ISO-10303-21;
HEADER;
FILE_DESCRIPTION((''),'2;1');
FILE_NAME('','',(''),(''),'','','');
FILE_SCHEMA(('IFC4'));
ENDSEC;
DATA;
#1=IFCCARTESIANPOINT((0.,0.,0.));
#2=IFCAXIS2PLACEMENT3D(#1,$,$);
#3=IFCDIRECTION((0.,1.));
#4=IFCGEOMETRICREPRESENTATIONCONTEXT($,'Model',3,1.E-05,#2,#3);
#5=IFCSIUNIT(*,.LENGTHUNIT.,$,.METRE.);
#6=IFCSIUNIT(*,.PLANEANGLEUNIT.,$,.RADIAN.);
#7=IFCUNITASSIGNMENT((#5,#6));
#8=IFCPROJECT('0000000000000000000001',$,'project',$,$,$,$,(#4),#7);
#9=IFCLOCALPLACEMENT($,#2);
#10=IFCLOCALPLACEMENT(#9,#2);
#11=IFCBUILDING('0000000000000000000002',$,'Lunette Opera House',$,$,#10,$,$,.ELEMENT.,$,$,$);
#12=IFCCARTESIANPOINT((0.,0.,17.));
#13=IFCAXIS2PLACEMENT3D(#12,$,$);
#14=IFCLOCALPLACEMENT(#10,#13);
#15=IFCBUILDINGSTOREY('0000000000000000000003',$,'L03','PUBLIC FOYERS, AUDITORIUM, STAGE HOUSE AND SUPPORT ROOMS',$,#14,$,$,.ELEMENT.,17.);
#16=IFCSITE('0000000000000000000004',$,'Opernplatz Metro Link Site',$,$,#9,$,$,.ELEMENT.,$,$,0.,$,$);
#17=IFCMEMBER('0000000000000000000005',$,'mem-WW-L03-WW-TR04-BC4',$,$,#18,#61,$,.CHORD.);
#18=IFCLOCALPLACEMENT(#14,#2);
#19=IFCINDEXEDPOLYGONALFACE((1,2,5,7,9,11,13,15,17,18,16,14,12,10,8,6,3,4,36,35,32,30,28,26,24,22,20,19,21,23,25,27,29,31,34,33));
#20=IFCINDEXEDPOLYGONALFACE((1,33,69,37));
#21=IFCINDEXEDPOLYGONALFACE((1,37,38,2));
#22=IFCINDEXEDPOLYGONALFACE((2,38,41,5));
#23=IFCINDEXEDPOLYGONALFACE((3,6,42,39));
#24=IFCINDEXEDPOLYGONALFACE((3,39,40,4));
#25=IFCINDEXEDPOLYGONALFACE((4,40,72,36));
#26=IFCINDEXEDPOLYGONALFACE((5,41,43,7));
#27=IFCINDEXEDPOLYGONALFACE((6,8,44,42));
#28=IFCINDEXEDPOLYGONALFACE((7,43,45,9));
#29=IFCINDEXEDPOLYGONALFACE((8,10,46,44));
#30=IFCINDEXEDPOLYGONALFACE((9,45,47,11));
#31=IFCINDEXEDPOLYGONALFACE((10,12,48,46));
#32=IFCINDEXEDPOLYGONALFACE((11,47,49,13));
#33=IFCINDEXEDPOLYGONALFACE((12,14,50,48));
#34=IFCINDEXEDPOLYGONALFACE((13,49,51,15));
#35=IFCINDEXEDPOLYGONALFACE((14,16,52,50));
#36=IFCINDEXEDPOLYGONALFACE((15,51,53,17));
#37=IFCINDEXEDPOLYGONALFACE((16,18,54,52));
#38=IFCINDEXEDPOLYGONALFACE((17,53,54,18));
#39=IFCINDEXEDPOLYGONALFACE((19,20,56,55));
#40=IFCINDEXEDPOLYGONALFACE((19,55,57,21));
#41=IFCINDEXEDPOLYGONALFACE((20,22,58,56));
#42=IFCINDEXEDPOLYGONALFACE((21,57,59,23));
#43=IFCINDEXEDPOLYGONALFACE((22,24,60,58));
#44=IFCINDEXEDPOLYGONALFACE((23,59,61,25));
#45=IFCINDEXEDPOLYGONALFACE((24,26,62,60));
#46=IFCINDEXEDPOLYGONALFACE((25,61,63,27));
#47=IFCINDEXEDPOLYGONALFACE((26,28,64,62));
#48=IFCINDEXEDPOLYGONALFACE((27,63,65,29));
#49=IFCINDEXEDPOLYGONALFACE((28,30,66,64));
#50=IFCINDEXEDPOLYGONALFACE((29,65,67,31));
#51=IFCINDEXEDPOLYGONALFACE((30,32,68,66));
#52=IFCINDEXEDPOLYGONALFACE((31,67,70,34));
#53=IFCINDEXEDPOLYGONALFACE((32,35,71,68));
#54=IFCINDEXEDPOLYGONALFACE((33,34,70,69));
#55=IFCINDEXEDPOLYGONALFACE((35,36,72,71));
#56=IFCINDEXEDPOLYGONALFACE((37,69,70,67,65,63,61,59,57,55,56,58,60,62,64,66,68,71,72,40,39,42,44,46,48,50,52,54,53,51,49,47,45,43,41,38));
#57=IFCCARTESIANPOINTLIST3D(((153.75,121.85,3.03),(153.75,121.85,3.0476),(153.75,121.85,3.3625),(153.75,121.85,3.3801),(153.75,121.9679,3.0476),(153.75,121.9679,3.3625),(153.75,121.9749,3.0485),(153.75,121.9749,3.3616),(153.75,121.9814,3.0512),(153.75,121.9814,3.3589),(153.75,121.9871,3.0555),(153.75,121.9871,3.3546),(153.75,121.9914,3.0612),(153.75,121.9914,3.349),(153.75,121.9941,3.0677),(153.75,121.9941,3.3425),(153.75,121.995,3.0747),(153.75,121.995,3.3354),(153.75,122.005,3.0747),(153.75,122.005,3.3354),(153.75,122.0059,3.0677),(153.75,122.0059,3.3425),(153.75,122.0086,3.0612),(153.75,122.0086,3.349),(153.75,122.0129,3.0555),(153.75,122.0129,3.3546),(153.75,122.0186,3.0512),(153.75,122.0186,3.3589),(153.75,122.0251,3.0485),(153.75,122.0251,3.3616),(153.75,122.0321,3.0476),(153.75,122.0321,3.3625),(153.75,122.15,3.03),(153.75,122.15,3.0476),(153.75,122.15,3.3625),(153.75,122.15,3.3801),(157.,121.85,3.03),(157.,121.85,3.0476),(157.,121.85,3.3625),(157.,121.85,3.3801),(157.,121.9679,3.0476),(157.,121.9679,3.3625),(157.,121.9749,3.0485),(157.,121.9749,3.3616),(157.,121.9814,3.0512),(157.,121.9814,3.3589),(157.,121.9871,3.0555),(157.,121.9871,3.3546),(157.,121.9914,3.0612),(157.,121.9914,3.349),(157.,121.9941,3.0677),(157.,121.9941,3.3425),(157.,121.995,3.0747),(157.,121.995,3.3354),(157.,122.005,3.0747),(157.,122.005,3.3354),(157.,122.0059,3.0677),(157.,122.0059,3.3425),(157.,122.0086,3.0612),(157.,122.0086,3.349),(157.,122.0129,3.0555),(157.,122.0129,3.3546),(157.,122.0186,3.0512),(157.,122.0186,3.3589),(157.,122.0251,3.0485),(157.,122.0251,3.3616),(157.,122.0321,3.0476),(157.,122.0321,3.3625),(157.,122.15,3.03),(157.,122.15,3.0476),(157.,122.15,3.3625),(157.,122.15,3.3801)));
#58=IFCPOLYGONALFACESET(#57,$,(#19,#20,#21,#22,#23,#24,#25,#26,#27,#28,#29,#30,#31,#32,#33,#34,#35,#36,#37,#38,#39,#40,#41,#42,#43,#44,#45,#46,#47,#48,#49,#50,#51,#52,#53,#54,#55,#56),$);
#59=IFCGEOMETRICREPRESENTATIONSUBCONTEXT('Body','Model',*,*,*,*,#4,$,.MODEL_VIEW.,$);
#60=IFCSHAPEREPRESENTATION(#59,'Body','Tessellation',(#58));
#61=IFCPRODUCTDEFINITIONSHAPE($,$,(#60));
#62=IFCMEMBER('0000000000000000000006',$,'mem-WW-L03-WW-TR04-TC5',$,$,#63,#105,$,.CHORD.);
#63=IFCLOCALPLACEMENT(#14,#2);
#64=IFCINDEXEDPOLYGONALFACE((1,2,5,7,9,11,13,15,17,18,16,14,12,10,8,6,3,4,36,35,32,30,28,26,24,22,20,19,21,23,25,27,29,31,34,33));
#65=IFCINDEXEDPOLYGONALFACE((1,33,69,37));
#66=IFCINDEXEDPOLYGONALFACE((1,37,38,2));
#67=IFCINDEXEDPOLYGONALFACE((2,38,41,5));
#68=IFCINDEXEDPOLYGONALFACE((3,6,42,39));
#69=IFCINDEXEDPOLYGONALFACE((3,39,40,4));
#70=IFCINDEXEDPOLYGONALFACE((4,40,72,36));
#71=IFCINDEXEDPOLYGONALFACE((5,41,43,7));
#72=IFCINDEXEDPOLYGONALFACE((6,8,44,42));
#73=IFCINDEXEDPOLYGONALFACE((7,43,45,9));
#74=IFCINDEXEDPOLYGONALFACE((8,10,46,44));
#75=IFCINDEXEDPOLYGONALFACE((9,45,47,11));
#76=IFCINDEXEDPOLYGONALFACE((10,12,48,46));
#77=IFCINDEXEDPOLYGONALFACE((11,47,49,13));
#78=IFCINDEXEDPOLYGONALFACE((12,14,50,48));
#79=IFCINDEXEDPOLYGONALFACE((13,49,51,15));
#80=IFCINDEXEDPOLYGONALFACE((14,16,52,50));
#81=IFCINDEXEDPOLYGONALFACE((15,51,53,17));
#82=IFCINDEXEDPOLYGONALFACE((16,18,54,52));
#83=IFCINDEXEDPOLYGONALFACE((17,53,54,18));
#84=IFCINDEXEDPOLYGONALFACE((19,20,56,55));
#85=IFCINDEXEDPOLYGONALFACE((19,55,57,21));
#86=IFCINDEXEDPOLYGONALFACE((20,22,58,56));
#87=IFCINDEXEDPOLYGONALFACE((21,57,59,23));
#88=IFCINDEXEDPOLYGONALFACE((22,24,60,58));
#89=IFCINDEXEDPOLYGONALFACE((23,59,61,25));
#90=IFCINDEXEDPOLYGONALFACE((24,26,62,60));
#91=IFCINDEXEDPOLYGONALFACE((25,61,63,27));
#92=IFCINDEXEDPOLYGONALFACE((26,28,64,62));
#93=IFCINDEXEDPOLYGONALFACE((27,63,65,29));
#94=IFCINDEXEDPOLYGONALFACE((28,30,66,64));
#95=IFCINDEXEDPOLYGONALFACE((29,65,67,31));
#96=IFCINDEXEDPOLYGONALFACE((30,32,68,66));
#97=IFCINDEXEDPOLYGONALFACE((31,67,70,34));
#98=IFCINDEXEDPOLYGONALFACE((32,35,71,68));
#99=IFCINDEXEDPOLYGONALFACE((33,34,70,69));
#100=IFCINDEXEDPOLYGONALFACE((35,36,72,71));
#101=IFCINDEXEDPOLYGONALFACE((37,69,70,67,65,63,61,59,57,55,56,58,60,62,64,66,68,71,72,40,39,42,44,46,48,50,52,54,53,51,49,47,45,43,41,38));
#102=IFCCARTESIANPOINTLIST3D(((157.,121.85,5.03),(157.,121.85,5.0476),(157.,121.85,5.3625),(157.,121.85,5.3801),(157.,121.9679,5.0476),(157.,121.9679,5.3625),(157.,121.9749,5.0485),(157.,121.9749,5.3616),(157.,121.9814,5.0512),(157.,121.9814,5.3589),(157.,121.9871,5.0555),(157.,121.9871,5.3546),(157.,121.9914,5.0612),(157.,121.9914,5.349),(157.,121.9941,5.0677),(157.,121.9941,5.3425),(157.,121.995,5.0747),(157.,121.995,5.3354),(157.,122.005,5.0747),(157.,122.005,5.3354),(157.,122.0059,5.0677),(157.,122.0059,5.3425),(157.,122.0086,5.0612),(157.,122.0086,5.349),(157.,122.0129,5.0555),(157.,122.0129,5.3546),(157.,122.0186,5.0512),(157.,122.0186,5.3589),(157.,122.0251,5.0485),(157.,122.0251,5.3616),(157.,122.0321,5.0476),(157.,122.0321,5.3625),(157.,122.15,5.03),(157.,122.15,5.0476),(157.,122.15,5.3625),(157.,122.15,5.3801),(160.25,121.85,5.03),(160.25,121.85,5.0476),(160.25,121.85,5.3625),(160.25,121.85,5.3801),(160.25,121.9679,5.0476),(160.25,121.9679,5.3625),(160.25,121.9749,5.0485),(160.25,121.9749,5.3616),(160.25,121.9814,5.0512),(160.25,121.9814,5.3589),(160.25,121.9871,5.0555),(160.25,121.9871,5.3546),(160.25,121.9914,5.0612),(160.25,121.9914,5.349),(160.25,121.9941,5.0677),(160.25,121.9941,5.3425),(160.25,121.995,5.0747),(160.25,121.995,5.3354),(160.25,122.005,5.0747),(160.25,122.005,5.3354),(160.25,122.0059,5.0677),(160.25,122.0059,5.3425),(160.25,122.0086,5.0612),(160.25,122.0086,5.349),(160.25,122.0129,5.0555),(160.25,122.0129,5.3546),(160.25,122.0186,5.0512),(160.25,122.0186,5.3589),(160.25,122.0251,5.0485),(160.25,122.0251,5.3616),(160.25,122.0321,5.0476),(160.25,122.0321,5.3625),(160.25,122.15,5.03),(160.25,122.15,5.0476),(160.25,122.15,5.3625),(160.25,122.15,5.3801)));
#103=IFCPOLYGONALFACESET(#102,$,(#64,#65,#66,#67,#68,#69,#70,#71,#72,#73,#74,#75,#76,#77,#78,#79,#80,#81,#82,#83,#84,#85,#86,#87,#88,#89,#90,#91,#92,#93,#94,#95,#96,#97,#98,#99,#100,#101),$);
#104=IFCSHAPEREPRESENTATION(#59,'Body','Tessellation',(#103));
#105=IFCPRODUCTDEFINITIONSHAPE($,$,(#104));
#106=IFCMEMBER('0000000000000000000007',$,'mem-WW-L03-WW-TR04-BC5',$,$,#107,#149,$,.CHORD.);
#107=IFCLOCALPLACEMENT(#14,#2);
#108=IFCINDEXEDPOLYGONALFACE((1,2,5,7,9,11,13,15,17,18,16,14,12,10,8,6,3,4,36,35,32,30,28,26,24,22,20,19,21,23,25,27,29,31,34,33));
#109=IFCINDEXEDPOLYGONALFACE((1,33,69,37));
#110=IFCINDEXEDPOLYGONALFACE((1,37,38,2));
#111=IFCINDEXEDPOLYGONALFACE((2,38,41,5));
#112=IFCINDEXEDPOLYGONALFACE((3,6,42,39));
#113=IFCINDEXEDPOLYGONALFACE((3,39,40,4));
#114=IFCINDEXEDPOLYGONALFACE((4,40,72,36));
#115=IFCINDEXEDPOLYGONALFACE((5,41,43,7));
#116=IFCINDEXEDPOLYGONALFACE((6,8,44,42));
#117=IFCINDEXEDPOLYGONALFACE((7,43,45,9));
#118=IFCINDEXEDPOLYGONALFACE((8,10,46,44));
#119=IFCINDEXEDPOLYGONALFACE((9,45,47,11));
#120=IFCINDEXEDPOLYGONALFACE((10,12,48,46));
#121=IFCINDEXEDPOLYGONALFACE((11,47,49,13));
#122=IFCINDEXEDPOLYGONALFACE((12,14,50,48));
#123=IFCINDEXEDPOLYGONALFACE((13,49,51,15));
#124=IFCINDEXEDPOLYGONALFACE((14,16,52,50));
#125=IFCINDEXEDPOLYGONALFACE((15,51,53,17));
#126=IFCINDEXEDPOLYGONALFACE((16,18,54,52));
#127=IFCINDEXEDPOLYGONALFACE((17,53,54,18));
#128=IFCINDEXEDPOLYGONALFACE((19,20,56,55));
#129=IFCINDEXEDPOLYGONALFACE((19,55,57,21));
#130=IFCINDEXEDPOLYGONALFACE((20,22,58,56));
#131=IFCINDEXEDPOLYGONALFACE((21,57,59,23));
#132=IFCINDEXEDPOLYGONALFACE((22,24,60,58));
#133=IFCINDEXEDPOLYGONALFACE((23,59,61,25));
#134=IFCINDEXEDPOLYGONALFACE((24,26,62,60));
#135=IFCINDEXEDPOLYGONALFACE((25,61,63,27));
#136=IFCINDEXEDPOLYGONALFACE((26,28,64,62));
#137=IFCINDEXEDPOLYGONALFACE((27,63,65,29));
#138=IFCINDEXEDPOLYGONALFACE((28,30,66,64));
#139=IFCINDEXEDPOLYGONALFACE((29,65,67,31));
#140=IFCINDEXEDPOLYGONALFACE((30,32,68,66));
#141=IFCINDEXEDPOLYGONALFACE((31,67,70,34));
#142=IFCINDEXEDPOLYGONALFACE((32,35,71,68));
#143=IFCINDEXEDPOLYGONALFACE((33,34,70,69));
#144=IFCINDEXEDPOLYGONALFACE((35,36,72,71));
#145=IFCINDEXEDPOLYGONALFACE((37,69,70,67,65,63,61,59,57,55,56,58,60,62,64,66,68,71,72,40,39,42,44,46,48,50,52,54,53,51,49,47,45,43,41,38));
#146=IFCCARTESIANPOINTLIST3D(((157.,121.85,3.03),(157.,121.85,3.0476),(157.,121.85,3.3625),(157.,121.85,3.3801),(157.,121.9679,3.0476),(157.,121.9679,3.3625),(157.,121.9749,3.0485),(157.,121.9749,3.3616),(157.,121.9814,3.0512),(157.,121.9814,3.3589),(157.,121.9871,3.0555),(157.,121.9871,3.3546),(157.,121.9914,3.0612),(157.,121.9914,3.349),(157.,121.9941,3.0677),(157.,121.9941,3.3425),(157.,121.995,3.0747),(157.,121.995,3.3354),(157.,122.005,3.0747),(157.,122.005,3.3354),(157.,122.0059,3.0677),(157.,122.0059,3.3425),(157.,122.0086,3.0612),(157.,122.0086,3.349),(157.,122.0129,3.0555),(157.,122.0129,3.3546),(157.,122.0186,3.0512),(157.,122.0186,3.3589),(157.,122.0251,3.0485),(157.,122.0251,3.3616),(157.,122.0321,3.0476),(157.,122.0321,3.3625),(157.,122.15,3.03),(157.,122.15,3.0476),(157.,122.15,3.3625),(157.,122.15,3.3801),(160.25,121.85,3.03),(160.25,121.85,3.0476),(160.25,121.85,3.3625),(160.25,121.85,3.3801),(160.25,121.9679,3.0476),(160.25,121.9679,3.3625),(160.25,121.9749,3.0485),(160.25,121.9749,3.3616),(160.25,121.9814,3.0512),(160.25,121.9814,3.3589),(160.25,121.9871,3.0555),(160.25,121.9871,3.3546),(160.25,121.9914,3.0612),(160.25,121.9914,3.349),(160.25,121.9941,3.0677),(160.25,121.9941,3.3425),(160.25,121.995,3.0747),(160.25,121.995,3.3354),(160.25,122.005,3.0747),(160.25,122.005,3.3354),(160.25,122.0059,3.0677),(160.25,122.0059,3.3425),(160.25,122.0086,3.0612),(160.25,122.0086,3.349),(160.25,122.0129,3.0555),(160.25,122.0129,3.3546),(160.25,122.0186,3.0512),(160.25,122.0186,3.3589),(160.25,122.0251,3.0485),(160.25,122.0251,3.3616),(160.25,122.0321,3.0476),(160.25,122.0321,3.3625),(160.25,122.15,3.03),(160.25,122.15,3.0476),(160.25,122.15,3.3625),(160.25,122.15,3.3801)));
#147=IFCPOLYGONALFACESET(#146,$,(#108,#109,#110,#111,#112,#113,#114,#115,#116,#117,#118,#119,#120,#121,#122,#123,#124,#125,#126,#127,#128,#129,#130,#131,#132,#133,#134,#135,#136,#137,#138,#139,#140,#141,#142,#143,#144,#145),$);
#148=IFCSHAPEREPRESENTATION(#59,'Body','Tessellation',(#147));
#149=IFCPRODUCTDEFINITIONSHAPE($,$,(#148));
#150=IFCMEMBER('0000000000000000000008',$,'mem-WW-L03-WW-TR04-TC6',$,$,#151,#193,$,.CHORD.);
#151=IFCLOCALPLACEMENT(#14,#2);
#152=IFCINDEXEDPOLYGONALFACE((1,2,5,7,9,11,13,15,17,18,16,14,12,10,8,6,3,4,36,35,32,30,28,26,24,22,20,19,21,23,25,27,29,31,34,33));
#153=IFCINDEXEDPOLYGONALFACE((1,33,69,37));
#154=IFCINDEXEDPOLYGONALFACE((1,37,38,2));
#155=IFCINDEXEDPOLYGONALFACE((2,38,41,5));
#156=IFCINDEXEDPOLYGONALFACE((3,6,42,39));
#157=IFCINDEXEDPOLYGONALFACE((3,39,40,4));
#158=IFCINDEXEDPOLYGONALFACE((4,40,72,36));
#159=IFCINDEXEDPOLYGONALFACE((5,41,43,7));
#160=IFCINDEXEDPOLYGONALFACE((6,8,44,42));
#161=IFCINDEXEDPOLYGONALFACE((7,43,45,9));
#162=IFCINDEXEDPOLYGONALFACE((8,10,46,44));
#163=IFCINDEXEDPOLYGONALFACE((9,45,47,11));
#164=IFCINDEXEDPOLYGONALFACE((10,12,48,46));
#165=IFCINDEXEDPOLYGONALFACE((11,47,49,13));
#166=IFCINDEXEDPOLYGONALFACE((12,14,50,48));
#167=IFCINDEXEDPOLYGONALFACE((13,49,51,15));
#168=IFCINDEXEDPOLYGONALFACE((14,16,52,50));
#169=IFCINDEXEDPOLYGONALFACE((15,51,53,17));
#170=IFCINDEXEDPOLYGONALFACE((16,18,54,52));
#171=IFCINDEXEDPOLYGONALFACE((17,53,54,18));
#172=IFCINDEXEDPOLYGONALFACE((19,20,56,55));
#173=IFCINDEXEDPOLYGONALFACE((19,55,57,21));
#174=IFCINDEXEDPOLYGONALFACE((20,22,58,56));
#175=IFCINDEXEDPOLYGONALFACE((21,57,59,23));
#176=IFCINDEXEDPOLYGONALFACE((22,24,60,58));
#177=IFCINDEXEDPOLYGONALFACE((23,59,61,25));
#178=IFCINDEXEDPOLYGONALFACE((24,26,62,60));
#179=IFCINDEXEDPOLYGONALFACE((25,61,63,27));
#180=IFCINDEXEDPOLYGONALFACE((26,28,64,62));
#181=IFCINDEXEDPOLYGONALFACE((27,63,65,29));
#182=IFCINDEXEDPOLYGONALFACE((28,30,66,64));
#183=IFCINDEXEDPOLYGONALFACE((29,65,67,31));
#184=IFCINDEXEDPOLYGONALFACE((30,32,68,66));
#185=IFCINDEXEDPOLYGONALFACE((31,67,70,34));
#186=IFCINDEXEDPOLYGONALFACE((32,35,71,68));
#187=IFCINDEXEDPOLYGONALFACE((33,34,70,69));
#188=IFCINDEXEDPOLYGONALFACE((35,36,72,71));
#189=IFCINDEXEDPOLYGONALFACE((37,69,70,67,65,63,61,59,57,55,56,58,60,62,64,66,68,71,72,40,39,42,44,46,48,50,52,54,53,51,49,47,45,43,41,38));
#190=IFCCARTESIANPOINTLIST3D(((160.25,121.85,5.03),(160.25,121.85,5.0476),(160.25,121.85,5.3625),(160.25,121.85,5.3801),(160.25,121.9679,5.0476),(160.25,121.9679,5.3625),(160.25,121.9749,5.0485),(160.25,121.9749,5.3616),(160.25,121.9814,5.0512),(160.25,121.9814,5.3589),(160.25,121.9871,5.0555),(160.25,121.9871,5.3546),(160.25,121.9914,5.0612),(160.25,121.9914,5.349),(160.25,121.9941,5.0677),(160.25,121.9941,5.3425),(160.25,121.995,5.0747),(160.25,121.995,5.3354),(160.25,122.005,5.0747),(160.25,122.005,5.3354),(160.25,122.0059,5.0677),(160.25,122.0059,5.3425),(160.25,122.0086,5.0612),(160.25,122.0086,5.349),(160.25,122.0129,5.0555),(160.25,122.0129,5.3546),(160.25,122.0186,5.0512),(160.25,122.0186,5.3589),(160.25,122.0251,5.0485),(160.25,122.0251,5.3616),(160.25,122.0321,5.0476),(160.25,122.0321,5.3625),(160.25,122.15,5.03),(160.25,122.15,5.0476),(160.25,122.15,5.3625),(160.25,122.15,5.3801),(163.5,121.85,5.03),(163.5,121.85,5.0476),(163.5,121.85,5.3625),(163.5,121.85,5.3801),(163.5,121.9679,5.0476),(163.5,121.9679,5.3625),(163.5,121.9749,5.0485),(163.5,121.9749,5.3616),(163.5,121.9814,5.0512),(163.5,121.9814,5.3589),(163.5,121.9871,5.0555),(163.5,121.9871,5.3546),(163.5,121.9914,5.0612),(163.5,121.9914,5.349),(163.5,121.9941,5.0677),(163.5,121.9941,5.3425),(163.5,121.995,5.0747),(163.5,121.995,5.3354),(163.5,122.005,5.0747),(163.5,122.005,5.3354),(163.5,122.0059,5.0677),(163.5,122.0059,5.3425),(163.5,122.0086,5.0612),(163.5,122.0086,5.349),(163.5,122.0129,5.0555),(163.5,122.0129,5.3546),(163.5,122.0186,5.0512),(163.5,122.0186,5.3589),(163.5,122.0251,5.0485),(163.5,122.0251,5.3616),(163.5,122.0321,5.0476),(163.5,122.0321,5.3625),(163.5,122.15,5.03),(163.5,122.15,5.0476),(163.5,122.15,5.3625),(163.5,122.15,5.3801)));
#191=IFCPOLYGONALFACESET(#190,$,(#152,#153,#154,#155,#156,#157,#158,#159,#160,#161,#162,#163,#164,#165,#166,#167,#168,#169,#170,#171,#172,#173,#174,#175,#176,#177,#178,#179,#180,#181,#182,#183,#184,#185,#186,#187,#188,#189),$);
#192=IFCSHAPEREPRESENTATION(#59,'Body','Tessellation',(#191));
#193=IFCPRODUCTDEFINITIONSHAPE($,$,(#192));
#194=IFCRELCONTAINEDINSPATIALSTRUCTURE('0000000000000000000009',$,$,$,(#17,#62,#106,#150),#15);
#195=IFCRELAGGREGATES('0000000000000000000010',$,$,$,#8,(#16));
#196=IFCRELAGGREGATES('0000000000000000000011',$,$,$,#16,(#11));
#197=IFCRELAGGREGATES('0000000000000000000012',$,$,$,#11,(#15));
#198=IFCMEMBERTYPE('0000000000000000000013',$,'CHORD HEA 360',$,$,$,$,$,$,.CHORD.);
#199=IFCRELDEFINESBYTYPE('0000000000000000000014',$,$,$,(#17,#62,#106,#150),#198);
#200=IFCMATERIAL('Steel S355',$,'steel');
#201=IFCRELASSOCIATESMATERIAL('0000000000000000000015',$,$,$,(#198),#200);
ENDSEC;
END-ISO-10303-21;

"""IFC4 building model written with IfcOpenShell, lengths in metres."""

from ifc_helpers import new_model, si_unit, direction, frame, origin, origin_2d, place, context, subcontext, project, spatial, i_section, extrude, material, material_profile, profile_set, type_object, element, save


model = new_model("IFC4")

# Units and contexts
model_context = context("Model", 3, precision=1e-05, world=origin(), true_north=direction((0.0, 1.0)))
body_context = subcontext(model_context, "Body", "Model", "MODEL_VIEW")
ifc_project = project(units=[si_unit("LENGTHUNIT", "METRE"), si_unit("PLANEANGLEUNIT", "RADIAN")], contexts=[model_context])

# Site, building, storey
site_placement = place(None, origin())
site = spatial("IfcSite", under=ifc_project, at=site_placement, Name="Opernplatz Metro Link Site", CompositionType="ELEMENT", RefElevation=0.0)
building_placement = place(site_placement, origin())
building = spatial("IfcBuilding", under=site, at=building_placement, Name="Lunette Opera House", CompositionType="ELEMENT")
storey_placement = place(building_placement, frame((0.0, 0.0, 17.0)))
storey = spatial("IfcBuildingStorey", under=building, at=storey_placement, Name="L03", Description="PUBLIC FOYERS, AUDITORIUM, STAGE HOUSE AND SUPPORT ROOMS", CompositionType="ELEMENT", Elevation=17.0)

# Members
ifc_material_1 = material(Name="Steel S355", Category="steel")
ifc_material_profile_1 = material_profile(ifc_material_1, i_section(OverallWidth=0.3, OverallDepth=0.3501, WebThickness=0.01, FlangeThickness=0.0176, FilletRadius=0.0271, at=origin_2d()), Name="HEA 360")
ifc_profile_set_1 = profile_set([ifc_material_profile_1], Name="Steel S355")
member_type_1 = type_object("IfcMemberType", Name="CHORD HEA 360", PredefinedType="CHORD", material=ifc_profile_set_1)
for number, where, z_axis, x_axis, name in (
    (1, (153.75, 122.0, 3.2051), (1.0, 0.0, 0.0), (0.0, 1.0, 0.0), "mem-WW-L03-WW-TR04-BC4"),
    (2, (157.0, 122.0, 5.2051), (1.0, 0.0, 0.0), (0.0, 1.0, 0.0), "mem-WW-L03-WW-TR04-TC5"),
    (3, (157.0, 122.0, 3.2051), (1.0, 0.0, 0.0), (0.0, 1.0, 0.0), "mem-WW-L03-WW-TR04-BC5"),
    (4, (160.25, 122.0, 5.2051), (1.0, 0.0, 0.0), (0.0, 1.0, 0.0), "mem-WW-L03-WW-TR04-TC6"),
):
    element("IfcMember", number, at=place(storey_placement, frame(where, z_axis=z_axis, x_axis=x_axis)), inside=storey, type_object=member_type_1, Name=name, PredefinedType="CHORD", context=body_context, shape_type="SweptSolid", body=[
        extrude(i_section(OverallWidth=0.3, OverallDepth=0.3501, WebThickness=0.01, FlangeThickness=0.0176, FilletRadius=0.0271, at=origin_2d()), origin(), (0.0, 0.0, 1.0), 3.25),
    ])

save(model, "model.ifc")
